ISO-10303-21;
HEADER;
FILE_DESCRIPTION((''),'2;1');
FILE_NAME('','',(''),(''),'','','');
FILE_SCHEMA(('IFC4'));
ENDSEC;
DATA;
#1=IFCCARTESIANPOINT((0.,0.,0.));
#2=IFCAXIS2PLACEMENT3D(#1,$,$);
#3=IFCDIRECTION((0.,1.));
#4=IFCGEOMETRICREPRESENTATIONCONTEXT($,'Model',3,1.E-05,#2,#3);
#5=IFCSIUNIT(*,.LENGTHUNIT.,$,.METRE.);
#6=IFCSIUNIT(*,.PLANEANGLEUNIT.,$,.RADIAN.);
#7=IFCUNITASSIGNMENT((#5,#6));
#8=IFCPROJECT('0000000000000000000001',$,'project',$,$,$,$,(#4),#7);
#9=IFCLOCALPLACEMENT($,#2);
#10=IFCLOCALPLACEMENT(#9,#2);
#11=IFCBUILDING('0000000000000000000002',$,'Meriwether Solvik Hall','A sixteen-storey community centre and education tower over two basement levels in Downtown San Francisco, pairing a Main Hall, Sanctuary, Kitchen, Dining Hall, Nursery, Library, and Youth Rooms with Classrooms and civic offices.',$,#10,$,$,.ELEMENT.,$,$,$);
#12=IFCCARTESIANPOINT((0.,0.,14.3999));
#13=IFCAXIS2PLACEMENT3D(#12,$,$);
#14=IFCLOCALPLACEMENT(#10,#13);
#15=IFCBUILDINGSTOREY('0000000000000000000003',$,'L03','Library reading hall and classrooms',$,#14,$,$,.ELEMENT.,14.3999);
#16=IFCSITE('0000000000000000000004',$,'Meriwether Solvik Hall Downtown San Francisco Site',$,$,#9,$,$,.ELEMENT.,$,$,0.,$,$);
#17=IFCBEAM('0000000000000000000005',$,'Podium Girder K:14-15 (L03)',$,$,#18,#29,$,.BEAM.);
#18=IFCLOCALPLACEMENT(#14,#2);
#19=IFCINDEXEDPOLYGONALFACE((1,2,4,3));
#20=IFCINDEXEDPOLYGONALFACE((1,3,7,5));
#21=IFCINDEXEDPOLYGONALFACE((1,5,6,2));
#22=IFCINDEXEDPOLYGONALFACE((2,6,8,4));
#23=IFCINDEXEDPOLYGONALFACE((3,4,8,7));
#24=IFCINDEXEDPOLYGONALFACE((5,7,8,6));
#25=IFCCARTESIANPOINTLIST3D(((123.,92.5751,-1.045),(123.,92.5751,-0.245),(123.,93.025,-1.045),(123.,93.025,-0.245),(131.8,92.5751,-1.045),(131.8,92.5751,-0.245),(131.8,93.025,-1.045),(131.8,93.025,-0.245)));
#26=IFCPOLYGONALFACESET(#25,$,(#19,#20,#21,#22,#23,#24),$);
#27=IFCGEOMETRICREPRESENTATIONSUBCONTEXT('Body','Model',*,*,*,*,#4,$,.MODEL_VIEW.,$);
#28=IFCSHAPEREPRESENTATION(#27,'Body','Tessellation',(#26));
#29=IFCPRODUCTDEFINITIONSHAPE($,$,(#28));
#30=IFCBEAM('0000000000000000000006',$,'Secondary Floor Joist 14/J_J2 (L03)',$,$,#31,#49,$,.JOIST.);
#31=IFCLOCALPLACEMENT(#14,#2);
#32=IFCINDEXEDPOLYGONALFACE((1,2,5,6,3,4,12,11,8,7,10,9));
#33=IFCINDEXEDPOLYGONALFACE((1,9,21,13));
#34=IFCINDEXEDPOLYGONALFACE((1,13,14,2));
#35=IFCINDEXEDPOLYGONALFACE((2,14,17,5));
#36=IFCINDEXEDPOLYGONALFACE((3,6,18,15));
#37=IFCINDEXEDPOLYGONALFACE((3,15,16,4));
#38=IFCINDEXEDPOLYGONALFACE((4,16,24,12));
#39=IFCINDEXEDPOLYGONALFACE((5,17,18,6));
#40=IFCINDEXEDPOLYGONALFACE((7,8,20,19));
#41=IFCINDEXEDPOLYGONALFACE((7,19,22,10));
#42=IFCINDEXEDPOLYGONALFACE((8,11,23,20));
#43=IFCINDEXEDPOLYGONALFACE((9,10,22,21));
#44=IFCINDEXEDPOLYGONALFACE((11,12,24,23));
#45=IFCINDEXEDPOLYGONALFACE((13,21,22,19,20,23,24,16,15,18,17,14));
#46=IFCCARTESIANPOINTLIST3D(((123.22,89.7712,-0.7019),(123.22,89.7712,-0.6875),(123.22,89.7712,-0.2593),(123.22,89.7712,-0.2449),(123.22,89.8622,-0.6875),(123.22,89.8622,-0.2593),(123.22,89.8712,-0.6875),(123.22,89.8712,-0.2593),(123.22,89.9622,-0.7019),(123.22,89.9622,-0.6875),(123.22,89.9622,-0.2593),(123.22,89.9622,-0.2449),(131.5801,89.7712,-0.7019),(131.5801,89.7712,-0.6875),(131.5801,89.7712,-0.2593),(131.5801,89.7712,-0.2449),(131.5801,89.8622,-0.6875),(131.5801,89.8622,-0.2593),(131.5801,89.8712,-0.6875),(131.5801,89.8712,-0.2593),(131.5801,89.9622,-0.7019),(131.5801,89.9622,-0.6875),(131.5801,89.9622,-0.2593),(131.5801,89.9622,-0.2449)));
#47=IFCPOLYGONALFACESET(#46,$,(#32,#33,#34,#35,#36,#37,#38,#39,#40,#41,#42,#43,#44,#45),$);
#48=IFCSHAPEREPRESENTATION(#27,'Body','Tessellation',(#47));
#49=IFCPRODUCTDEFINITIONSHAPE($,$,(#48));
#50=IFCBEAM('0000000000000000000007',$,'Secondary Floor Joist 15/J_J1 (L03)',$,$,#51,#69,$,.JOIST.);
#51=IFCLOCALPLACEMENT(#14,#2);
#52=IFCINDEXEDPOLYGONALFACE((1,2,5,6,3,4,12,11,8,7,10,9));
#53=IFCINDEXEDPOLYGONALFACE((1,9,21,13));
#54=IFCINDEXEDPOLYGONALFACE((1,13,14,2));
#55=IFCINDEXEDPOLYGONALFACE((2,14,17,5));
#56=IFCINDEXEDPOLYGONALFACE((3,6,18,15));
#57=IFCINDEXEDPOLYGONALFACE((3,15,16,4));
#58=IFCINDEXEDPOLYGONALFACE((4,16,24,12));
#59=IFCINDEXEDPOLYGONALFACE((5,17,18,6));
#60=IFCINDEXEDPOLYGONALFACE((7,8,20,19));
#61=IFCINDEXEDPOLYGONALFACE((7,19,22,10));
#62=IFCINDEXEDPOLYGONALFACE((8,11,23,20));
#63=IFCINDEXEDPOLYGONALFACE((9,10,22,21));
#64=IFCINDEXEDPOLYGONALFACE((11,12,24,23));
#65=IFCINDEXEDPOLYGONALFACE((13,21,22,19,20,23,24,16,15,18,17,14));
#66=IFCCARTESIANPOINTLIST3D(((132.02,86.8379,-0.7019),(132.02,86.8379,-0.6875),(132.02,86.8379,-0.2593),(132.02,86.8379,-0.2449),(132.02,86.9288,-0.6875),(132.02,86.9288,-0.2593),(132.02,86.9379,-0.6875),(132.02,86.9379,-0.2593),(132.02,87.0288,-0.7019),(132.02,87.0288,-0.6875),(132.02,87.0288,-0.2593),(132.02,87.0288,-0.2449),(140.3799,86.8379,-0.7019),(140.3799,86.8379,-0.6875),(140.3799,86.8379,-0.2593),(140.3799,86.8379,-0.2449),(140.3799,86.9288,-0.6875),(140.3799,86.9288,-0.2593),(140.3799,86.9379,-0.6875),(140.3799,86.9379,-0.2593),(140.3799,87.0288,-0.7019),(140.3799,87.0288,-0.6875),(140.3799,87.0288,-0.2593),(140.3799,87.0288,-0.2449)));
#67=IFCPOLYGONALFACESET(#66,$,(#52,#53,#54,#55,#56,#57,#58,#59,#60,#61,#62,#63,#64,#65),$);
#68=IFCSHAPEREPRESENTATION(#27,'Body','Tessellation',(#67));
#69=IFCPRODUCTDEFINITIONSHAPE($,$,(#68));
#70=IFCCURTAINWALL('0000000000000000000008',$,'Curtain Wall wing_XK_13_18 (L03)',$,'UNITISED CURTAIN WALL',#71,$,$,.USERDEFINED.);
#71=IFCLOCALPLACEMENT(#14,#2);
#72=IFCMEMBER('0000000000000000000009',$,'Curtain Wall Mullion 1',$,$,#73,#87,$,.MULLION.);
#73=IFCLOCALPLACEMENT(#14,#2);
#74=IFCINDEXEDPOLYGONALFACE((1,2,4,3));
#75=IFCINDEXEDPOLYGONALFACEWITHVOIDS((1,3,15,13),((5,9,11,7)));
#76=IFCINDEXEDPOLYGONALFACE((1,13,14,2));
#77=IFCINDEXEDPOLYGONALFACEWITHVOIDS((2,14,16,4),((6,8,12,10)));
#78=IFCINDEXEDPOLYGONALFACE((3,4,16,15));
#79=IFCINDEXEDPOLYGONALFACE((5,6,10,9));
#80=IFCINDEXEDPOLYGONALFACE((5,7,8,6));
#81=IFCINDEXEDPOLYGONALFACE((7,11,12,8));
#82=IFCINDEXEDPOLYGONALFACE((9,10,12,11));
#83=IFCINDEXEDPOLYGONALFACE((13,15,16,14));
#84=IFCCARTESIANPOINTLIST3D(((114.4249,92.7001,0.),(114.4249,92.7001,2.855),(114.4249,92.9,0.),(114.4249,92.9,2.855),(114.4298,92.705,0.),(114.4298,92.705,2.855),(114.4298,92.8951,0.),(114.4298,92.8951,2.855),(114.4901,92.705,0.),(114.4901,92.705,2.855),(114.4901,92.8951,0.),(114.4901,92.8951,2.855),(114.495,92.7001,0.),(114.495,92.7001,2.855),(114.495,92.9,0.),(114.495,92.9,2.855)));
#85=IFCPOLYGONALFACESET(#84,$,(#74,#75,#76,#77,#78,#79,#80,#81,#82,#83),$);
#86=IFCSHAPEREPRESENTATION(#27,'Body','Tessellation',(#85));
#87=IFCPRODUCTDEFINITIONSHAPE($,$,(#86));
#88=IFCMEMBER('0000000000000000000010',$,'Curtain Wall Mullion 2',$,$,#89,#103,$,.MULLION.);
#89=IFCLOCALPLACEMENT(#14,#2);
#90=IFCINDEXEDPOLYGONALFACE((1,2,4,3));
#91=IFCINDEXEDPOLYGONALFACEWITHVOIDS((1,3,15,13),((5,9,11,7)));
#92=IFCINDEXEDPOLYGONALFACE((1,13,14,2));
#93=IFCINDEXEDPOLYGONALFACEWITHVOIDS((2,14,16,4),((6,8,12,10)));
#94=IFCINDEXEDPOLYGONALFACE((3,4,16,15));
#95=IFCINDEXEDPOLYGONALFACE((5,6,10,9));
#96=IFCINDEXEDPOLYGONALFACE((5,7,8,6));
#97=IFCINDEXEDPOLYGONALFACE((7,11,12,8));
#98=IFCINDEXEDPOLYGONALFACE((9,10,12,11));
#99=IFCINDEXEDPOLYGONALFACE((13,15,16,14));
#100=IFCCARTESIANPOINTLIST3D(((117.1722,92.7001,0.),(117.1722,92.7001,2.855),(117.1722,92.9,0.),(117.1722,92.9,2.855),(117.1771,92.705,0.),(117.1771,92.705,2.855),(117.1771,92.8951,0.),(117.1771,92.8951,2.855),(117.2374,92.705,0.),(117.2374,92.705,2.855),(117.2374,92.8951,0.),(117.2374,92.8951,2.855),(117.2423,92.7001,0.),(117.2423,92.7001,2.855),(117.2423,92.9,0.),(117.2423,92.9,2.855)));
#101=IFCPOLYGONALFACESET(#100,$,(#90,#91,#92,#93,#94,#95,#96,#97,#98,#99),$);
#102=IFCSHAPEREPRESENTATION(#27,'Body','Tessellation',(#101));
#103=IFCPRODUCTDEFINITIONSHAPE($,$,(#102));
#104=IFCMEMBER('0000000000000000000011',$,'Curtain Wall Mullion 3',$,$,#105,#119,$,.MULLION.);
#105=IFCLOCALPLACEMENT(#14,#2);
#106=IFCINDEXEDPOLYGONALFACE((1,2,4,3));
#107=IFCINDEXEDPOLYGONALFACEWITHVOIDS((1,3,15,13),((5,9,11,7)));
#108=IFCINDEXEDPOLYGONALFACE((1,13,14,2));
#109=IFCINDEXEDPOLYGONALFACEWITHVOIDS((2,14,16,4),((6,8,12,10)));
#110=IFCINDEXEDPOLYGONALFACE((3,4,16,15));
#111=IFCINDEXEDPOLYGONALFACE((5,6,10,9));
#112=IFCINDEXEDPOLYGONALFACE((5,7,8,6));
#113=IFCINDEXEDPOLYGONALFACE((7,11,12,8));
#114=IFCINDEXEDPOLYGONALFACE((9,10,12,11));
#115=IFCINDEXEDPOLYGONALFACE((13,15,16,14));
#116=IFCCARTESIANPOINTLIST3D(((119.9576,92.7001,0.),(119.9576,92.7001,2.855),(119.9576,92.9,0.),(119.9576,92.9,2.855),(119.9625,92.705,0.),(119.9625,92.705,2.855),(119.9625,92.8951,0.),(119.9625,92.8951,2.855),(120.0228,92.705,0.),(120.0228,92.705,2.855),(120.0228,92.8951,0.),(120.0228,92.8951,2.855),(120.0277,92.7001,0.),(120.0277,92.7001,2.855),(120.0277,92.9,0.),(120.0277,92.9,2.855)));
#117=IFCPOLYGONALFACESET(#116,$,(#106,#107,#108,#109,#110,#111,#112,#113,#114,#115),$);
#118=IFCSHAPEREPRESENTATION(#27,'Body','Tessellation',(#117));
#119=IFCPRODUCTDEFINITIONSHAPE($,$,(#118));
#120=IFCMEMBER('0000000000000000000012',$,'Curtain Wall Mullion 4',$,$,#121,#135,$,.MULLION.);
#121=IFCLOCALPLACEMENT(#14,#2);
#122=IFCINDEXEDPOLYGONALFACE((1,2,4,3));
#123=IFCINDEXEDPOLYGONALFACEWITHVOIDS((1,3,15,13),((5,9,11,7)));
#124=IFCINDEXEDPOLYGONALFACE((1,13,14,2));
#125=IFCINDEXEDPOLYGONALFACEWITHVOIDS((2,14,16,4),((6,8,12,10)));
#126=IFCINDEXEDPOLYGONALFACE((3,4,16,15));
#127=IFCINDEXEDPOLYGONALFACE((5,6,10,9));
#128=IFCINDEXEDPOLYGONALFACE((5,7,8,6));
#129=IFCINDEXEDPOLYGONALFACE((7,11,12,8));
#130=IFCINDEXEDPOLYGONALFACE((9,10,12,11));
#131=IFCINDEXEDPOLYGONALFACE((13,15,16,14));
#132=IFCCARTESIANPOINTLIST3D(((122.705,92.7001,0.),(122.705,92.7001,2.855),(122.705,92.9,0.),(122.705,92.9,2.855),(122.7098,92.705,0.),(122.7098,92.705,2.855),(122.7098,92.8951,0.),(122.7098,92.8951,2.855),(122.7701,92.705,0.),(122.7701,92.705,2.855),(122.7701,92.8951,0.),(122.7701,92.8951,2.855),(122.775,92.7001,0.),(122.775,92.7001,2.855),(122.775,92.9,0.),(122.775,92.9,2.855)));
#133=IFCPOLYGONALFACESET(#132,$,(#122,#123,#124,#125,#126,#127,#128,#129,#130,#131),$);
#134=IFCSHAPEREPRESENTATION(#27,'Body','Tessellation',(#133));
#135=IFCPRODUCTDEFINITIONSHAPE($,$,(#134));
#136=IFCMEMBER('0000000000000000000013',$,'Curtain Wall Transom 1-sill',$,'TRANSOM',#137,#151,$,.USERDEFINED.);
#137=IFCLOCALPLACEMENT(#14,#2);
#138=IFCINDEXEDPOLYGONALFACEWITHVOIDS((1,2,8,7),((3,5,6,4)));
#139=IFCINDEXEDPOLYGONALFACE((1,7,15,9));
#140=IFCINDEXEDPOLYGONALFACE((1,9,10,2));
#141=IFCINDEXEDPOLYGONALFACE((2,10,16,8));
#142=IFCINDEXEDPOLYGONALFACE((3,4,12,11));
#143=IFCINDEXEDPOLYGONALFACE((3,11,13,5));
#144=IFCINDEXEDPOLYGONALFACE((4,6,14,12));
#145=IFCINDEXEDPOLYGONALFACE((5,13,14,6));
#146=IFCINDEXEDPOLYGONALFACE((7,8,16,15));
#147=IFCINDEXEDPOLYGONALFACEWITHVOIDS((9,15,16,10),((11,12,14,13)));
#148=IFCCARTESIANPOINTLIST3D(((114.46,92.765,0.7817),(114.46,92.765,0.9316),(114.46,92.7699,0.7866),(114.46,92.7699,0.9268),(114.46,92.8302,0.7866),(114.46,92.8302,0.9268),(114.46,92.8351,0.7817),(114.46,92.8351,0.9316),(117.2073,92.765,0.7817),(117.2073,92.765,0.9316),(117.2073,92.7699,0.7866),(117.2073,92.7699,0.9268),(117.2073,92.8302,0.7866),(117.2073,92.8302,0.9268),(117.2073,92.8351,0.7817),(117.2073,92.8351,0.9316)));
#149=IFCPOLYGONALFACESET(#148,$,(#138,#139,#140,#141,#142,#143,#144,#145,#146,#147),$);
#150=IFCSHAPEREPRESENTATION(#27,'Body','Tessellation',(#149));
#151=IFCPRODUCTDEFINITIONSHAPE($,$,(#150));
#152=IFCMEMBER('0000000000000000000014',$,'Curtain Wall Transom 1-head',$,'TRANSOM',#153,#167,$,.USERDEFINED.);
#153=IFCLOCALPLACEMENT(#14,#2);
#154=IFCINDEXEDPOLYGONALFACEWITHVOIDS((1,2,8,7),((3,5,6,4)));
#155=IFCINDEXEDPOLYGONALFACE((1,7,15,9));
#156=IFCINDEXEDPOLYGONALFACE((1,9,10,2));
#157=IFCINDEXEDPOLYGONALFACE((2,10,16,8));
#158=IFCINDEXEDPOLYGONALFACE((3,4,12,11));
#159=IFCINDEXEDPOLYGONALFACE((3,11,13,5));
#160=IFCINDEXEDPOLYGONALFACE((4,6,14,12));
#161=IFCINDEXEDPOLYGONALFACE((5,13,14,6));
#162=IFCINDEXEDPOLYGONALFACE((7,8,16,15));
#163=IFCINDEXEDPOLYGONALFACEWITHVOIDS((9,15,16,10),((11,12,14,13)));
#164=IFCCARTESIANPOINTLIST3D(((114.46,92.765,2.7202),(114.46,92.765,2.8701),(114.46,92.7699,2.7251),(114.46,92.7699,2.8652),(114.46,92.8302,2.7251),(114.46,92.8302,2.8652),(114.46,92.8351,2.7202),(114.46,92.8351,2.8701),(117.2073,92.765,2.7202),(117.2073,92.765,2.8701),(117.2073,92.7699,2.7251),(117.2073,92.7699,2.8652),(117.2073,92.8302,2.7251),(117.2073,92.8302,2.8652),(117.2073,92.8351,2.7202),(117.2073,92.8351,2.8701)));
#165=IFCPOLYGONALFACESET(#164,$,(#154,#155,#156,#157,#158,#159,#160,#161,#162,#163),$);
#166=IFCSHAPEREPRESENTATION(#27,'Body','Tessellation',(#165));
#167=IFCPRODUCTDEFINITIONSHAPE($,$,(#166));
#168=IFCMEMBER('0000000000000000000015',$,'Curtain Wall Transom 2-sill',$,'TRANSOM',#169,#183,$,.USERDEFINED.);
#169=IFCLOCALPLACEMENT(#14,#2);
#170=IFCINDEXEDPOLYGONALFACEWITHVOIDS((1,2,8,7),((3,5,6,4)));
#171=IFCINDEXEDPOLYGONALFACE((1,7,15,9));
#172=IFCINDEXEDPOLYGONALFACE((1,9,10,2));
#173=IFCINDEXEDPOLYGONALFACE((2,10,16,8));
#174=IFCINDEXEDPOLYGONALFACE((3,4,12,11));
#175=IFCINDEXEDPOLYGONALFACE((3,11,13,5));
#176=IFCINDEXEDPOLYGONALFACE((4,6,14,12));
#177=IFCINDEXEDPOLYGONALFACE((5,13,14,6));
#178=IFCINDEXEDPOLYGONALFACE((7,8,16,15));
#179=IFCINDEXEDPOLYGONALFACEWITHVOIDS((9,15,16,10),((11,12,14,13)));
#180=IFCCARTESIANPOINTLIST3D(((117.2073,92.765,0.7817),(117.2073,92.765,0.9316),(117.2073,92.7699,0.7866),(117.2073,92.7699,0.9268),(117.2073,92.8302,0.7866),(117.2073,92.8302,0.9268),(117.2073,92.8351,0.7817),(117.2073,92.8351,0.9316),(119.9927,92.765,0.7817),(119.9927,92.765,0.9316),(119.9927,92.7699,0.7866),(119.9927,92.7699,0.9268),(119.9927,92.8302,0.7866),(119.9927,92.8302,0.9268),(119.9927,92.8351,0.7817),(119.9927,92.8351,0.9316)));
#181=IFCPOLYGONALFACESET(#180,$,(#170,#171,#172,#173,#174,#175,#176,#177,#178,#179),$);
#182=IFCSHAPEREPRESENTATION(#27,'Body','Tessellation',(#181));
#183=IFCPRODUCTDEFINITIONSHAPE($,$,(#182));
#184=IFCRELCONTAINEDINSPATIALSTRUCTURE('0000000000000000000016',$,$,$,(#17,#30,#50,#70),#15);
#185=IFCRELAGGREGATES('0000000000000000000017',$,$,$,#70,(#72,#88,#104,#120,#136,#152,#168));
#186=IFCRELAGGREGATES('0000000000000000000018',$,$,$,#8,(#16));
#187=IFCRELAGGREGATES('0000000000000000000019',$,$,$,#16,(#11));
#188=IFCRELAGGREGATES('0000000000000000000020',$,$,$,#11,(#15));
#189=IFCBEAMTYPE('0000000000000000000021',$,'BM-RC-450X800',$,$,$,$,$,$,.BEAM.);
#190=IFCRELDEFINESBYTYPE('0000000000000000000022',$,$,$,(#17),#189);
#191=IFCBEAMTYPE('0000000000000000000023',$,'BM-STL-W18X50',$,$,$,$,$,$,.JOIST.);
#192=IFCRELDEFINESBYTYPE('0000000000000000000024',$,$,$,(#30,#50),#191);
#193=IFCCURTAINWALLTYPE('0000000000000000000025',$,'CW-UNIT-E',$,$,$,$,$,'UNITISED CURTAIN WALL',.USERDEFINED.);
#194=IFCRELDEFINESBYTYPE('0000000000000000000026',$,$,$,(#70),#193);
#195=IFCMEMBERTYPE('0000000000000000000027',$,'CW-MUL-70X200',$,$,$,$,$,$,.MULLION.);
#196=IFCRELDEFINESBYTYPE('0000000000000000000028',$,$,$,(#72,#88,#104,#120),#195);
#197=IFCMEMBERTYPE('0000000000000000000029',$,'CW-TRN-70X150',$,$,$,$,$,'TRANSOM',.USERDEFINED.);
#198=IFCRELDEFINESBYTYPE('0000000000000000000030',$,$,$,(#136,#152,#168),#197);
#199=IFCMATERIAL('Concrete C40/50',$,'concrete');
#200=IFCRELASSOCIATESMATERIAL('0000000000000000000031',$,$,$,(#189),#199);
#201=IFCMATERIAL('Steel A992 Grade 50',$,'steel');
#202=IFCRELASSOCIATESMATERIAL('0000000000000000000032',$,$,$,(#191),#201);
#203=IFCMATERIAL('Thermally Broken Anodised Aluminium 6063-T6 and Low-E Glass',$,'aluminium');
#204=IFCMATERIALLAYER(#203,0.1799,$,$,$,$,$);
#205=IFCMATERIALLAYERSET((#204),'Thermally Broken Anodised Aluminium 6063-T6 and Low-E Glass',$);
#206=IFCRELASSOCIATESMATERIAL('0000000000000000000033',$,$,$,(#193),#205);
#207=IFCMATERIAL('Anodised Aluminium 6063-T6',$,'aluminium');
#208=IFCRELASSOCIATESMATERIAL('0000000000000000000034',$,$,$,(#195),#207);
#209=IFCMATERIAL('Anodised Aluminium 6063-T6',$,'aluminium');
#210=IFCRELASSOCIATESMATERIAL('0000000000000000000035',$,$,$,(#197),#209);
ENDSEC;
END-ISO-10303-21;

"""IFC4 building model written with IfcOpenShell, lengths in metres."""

from ifc_helpers import new_model, si_unit, direction, frame, origin, origin_2d, place, context, subcontext, project, spatial, rectangle, hollow_rectangle, i_section, extrude, material, layer, layer_set, material_profile, profile_set, type_object, element, aggregate, save


model = new_model("IFC4")

# Units and contexts
model_context = context("Model", 3, precision=1e-05, world=origin(), true_north=direction((0.0, 1.0)))
body_context = subcontext(model_context, "Body", "Model", "MODEL_VIEW")
ifc_project = project(units=[si_unit("LENGTHUNIT", "METRE"), si_unit("PLANEANGLEUNIT", "RADIAN")], contexts=[model_context])

# Site, building, storey
site_placement = place(None, origin())
site = spatial("IfcSite", under=ifc_project, at=site_placement, Name="Meriwether Solvik Hall Downtown San Francisco Site", CompositionType="ELEMENT", RefElevation=0.0)
building_placement = place(site_placement, origin())
building = spatial("IfcBuilding", under=site, at=building_placement, Name="Meriwether Solvik Hall", Description="A sixteen-storey community centre and education tower over two basement levels in Downtown San Francisco, pairing a Main Hall, Sanctuary, Kitchen, Dining Hall, Nursery, Library, and Youth Rooms with Classrooms and civic offices.", CompositionType="ELEMENT")
storey_placement = place(building_placement, frame((0.0, 0.0, 14.3999)))
storey = spatial("IfcBuildingStorey", under=building, at=storey_placement, Name="L03", Description="Library reading hall and classrooms", CompositionType="ELEMENT", Elevation=14.3999)

# Beams
ifc_material_1 = material(Name="Concrete C40/50", Category="concrete")
ifc_material_profile_1 = material_profile(ifc_material_1, rectangle(XDim=0.45, YDim=0.8, at=origin_2d()), Name="RCB-450X800")
ifc_profile_set_1 = profile_set([ifc_material_profile_1], Name="Concrete C40/50")
beam_type_1 = type_object("IfcBeamType", Name="BM-RC-450X800", PredefinedType="BEAM", material=ifc_profile_set_1)
for number, where, z_axis, x_axis, name in (
    (1, (123.0, 92.8, -0.645), (1.0, 0.0, 0.0), (0.0, 1.0, 0.0), "Podium Girder K:14-15 (L03)"),
):
    element("IfcBeam", number, at=place(storey_placement, frame(where, z_axis=z_axis, x_axis=x_axis)), inside=storey, type_object=beam_type_1, Name=name, PredefinedType="BEAM", context=body_context, shape_type="SweptSolid", body=[
        extrude(rectangle(XDim=0.45, YDim=0.8, at=origin_2d()), origin(), (0.0, 0.0, 1.0), 8.8),
    ])
ifc_material_2 = material(Name="Steel A992 Grade 50", Category="steel")
ifc_material_profile_2 = material_profile(ifc_material_2, i_section(OverallWidth=0.1909, OverallDepth=0.457, WebThickness=0.009, FlangeThickness=0.0144, at=origin_2d()), Name="W18X50")
ifc_profile_set_2 = profile_set([ifc_material_profile_2], Name="Steel A992 Grade 50")
beam_type_2 = type_object("IfcBeamType", Name="BM-STL-W18X50", PredefinedType="JOIST", material=ifc_profile_set_2)
beam_1_placement = place(storey_placement, frame((123.22, 89.8667, -0.4734), z_axis=(1.0, 0.0, 0.0), x_axis=(0.0, 1.0, 0.0)))
element("IfcBeam", 2, at=beam_1_placement, inside=storey, type_object=beam_type_2, Name="Secondary Floor Joist 14/J_J2 (L03)", PredefinedType="JOIST", context=body_context, shape_type="SweptSolid", body=[
    extrude(i_section(OverallWidth=0.1909, OverallDepth=0.457, WebThickness=0.009, FlangeThickness=0.0144, at=origin_2d()), origin(), (0.0, 0.0, 1.0), 8.3601),
])
beam_2_placement = place(storey_placement, frame((132.02, 86.9333, -0.4734), z_axis=(1.0, 0.0, 0.0), x_axis=(0.0, 1.0, 0.0)))
element("IfcBeam", 3, at=beam_2_placement, inside=storey, type_object=beam_type_2, Name="Secondary Floor Joist 15/J_J1 (L03)", PredefinedType="JOIST", context=body_context, shape_type="SweptSolid", body=[
    extrude(i_section(OverallWidth=0.1909, OverallDepth=0.457, WebThickness=0.009, FlangeThickness=0.0144, at=origin_2d()), origin(), (0.0, 0.0, 1.0), 8.3599),
])

# Curtain wall, members
ifc_material_3 = material(Name="Thermally Broken Anodised Aluminium 6063-T6 and Low-E Glass", Category="aluminium")
ifc_layer_1 = layer(ifc_material_3, 0.1799)
ifc_layer_set_1 = layer_set([ifc_layer_1], Name="Thermally Broken Anodised Aluminium 6063-T6 and Low-E Glass")
curtain_wall_type = type_object("IfcCurtainWallType", Name="CW-UNIT-E", ElementType="UNITISED CURTAIN WALL", PredefinedType="USERDEFINED", material=ifc_layer_set_1)
curtain_wall_placement = place(storey_placement, origin())
curtain_wall = element("IfcCurtainWall", 4, at=curtain_wall_placement, inside=storey, type_object=curtain_wall_type, Name="Curtain Wall wing_XK_13_18 (L03)", ObjectType="UNITISED CURTAIN WALL", PredefinedType="USERDEFINED")
ifc_material_4 = material(Name="Anodised Aluminium 6063-T6", Category="aluminium")
ifc_material_profile_3 = material_profile(ifc_material_4, hollow_rectangle(XDim=0.0701, YDim=0.2, WallThickness=0.0049, at=origin_2d()), Name="CWM-70X200")
ifc_profile_set_3 = profile_set([ifc_material_profile_3], Name="Anodised Aluminium 6063-T6")
member_type_1 = type_object("IfcMemberType", Name="CW-MUL-70X200", PredefinedType="MULLION", material=ifc_profile_set_3)
member_1_placement = place(storey_placement, frame((114.46, 92.8, 0.0), z_axis=(0.0, 0.0, 1.0), x_axis=(1.0, 0.0, 0.0)))
member_1 = element("IfcMember", 5, at=member_1_placement, type_object=member_type_1, Name="Curtain Wall Mullion 1", PredefinedType="MULLION", context=body_context, shape_type="SweptSolid", body=[
    extrude(hollow_rectangle(XDim=0.0701, YDim=0.2, WallThickness=0.0049, at=origin_2d()), origin(), (0.0, 0.0, 1.0), 2.855),
])
member_2_placement = place(storey_placement, frame((117.2073, 92.8, 0.0), z_axis=(0.0, 0.0, 1.0), x_axis=(1.0, 0.0, 0.0)))
member_2 = element("IfcMember", 6, at=member_2_placement, type_object=member_type_1, Name="Curtain Wall Mullion 2", PredefinedType="MULLION", context=body_context, shape_type="SweptSolid", body=[
    extrude(hollow_rectangle(XDim=0.0701, YDim=0.2, WallThickness=0.0049, at=origin_2d()), origin(), (0.0, 0.0, 1.0), 2.855),
])
member_3_placement = place(storey_placement, frame((119.9927, 92.8, 0.0), z_axis=(0.0, 0.0, 1.0), x_axis=(1.0, 0.0, 0.0)))
member_3 = element("IfcMember", 7, at=member_3_placement, type_object=member_type_1, Name="Curtain Wall Mullion 3", PredefinedType="MULLION", context=body_context, shape_type="SweptSolid", body=[
    extrude(hollow_rectangle(XDim=0.0701, YDim=0.2, WallThickness=0.0049, at=origin_2d()), origin(), (0.0, 0.0, 1.0), 2.855),
])
member_4_placement = place(storey_placement, frame((122.74, 92.8, 0.0), z_axis=(0.0, 0.0, 1.0), x_axis=(1.0, 0.0, 0.0)))
member_4 = element("IfcMember", 8, at=member_4_placement, type_object=member_type_1, Name="Curtain Wall Mullion 4", PredefinedType="MULLION", context=body_context, shape_type="SweptSolid", body=[
    extrude(hollow_rectangle(XDim=0.0701, YDim=0.2, WallThickness=0.0049, at=origin_2d()), origin(), (0.0, 0.0, 1.0), 2.855),
])
ifc_material_5 = material(Name="Anodised Aluminium 6063-T6", Category="aluminium")
ifc_material_profile_4 = material_profile(ifc_material_5, hollow_rectangle(XDim=0.0701, YDim=0.1499, WallThickness=0.0049, at=origin_2d()), Name="CWT-70X150")
ifc_profile_set_4 = profile_set([ifc_material_profile_4], Name="Anodised Aluminium 6063-T6")
member_type_2 = type_object("IfcMemberType", Name="CW-TRN-70X150", ElementType="TRANSOM", PredefinedType="USERDEFINED", material=ifc_profile_set_4)
member_5_placement = place(storey_placement, frame((114.46, 92.8, 0.8567), z_axis=(1.0, 0.0, 0.0), x_axis=(0.0, 1.0, 0.0)))
member_5 = element("IfcMember", 9, at=member_5_placement, type_object=member_type_2, Name="Curtain Wall Transom 1-sill", ObjectType="TRANSOM", PredefinedType="USERDEFINED", context=body_context, shape_type="SweptSolid", body=[
    extrude(hollow_rectangle(XDim=0.0701, YDim=0.1499, WallThickness=0.0049, at=origin_2d()), origin(), (0.0, 0.0, 1.0), 2.7473),
])
member_6_placement = place(storey_placement, frame((114.46, 92.8, 2.7952), z_axis=(1.0, 0.0, 0.0), x_axis=(0.0, 1.0, 0.0)))
member_6 = element("IfcMember", 10, at=member_6_placement, type_object=member_type_2, Name="Curtain Wall Transom 1-head", ObjectType="TRANSOM", PredefinedType="USERDEFINED", context=body_context, shape_type="SweptSolid", body=[
    extrude(hollow_rectangle(XDim=0.0701, YDim=0.1499, WallThickness=0.0049, at=origin_2d()), origin(), (0.0, 0.0, 1.0), 2.7473),
])
member_7_placement = place(storey_placement, frame((117.2073, 92.8, 0.8567), z_axis=(1.0, 0.0, 0.0), x_axis=(0.0, 1.0, 0.0)))
member_7 = element("IfcMember", 11, at=member_7_placement, type_object=member_type_2, Name="Curtain Wall Transom 2-sill", ObjectType="TRANSOM", PredefinedType="USERDEFINED", context=body_context, shape_type="SweptSolid", body=[
    extrude(hollow_rectangle(XDim=0.0701, YDim=0.1499, WallThickness=0.0049, at=origin_2d()), origin(), (0.0, 0.0, 1.0), 2.7854),
])
aggregate(curtain_wall, [member_1, member_2, member_3, member_4, member_5, member_6, member_7])

save(model, "model.ifc")
